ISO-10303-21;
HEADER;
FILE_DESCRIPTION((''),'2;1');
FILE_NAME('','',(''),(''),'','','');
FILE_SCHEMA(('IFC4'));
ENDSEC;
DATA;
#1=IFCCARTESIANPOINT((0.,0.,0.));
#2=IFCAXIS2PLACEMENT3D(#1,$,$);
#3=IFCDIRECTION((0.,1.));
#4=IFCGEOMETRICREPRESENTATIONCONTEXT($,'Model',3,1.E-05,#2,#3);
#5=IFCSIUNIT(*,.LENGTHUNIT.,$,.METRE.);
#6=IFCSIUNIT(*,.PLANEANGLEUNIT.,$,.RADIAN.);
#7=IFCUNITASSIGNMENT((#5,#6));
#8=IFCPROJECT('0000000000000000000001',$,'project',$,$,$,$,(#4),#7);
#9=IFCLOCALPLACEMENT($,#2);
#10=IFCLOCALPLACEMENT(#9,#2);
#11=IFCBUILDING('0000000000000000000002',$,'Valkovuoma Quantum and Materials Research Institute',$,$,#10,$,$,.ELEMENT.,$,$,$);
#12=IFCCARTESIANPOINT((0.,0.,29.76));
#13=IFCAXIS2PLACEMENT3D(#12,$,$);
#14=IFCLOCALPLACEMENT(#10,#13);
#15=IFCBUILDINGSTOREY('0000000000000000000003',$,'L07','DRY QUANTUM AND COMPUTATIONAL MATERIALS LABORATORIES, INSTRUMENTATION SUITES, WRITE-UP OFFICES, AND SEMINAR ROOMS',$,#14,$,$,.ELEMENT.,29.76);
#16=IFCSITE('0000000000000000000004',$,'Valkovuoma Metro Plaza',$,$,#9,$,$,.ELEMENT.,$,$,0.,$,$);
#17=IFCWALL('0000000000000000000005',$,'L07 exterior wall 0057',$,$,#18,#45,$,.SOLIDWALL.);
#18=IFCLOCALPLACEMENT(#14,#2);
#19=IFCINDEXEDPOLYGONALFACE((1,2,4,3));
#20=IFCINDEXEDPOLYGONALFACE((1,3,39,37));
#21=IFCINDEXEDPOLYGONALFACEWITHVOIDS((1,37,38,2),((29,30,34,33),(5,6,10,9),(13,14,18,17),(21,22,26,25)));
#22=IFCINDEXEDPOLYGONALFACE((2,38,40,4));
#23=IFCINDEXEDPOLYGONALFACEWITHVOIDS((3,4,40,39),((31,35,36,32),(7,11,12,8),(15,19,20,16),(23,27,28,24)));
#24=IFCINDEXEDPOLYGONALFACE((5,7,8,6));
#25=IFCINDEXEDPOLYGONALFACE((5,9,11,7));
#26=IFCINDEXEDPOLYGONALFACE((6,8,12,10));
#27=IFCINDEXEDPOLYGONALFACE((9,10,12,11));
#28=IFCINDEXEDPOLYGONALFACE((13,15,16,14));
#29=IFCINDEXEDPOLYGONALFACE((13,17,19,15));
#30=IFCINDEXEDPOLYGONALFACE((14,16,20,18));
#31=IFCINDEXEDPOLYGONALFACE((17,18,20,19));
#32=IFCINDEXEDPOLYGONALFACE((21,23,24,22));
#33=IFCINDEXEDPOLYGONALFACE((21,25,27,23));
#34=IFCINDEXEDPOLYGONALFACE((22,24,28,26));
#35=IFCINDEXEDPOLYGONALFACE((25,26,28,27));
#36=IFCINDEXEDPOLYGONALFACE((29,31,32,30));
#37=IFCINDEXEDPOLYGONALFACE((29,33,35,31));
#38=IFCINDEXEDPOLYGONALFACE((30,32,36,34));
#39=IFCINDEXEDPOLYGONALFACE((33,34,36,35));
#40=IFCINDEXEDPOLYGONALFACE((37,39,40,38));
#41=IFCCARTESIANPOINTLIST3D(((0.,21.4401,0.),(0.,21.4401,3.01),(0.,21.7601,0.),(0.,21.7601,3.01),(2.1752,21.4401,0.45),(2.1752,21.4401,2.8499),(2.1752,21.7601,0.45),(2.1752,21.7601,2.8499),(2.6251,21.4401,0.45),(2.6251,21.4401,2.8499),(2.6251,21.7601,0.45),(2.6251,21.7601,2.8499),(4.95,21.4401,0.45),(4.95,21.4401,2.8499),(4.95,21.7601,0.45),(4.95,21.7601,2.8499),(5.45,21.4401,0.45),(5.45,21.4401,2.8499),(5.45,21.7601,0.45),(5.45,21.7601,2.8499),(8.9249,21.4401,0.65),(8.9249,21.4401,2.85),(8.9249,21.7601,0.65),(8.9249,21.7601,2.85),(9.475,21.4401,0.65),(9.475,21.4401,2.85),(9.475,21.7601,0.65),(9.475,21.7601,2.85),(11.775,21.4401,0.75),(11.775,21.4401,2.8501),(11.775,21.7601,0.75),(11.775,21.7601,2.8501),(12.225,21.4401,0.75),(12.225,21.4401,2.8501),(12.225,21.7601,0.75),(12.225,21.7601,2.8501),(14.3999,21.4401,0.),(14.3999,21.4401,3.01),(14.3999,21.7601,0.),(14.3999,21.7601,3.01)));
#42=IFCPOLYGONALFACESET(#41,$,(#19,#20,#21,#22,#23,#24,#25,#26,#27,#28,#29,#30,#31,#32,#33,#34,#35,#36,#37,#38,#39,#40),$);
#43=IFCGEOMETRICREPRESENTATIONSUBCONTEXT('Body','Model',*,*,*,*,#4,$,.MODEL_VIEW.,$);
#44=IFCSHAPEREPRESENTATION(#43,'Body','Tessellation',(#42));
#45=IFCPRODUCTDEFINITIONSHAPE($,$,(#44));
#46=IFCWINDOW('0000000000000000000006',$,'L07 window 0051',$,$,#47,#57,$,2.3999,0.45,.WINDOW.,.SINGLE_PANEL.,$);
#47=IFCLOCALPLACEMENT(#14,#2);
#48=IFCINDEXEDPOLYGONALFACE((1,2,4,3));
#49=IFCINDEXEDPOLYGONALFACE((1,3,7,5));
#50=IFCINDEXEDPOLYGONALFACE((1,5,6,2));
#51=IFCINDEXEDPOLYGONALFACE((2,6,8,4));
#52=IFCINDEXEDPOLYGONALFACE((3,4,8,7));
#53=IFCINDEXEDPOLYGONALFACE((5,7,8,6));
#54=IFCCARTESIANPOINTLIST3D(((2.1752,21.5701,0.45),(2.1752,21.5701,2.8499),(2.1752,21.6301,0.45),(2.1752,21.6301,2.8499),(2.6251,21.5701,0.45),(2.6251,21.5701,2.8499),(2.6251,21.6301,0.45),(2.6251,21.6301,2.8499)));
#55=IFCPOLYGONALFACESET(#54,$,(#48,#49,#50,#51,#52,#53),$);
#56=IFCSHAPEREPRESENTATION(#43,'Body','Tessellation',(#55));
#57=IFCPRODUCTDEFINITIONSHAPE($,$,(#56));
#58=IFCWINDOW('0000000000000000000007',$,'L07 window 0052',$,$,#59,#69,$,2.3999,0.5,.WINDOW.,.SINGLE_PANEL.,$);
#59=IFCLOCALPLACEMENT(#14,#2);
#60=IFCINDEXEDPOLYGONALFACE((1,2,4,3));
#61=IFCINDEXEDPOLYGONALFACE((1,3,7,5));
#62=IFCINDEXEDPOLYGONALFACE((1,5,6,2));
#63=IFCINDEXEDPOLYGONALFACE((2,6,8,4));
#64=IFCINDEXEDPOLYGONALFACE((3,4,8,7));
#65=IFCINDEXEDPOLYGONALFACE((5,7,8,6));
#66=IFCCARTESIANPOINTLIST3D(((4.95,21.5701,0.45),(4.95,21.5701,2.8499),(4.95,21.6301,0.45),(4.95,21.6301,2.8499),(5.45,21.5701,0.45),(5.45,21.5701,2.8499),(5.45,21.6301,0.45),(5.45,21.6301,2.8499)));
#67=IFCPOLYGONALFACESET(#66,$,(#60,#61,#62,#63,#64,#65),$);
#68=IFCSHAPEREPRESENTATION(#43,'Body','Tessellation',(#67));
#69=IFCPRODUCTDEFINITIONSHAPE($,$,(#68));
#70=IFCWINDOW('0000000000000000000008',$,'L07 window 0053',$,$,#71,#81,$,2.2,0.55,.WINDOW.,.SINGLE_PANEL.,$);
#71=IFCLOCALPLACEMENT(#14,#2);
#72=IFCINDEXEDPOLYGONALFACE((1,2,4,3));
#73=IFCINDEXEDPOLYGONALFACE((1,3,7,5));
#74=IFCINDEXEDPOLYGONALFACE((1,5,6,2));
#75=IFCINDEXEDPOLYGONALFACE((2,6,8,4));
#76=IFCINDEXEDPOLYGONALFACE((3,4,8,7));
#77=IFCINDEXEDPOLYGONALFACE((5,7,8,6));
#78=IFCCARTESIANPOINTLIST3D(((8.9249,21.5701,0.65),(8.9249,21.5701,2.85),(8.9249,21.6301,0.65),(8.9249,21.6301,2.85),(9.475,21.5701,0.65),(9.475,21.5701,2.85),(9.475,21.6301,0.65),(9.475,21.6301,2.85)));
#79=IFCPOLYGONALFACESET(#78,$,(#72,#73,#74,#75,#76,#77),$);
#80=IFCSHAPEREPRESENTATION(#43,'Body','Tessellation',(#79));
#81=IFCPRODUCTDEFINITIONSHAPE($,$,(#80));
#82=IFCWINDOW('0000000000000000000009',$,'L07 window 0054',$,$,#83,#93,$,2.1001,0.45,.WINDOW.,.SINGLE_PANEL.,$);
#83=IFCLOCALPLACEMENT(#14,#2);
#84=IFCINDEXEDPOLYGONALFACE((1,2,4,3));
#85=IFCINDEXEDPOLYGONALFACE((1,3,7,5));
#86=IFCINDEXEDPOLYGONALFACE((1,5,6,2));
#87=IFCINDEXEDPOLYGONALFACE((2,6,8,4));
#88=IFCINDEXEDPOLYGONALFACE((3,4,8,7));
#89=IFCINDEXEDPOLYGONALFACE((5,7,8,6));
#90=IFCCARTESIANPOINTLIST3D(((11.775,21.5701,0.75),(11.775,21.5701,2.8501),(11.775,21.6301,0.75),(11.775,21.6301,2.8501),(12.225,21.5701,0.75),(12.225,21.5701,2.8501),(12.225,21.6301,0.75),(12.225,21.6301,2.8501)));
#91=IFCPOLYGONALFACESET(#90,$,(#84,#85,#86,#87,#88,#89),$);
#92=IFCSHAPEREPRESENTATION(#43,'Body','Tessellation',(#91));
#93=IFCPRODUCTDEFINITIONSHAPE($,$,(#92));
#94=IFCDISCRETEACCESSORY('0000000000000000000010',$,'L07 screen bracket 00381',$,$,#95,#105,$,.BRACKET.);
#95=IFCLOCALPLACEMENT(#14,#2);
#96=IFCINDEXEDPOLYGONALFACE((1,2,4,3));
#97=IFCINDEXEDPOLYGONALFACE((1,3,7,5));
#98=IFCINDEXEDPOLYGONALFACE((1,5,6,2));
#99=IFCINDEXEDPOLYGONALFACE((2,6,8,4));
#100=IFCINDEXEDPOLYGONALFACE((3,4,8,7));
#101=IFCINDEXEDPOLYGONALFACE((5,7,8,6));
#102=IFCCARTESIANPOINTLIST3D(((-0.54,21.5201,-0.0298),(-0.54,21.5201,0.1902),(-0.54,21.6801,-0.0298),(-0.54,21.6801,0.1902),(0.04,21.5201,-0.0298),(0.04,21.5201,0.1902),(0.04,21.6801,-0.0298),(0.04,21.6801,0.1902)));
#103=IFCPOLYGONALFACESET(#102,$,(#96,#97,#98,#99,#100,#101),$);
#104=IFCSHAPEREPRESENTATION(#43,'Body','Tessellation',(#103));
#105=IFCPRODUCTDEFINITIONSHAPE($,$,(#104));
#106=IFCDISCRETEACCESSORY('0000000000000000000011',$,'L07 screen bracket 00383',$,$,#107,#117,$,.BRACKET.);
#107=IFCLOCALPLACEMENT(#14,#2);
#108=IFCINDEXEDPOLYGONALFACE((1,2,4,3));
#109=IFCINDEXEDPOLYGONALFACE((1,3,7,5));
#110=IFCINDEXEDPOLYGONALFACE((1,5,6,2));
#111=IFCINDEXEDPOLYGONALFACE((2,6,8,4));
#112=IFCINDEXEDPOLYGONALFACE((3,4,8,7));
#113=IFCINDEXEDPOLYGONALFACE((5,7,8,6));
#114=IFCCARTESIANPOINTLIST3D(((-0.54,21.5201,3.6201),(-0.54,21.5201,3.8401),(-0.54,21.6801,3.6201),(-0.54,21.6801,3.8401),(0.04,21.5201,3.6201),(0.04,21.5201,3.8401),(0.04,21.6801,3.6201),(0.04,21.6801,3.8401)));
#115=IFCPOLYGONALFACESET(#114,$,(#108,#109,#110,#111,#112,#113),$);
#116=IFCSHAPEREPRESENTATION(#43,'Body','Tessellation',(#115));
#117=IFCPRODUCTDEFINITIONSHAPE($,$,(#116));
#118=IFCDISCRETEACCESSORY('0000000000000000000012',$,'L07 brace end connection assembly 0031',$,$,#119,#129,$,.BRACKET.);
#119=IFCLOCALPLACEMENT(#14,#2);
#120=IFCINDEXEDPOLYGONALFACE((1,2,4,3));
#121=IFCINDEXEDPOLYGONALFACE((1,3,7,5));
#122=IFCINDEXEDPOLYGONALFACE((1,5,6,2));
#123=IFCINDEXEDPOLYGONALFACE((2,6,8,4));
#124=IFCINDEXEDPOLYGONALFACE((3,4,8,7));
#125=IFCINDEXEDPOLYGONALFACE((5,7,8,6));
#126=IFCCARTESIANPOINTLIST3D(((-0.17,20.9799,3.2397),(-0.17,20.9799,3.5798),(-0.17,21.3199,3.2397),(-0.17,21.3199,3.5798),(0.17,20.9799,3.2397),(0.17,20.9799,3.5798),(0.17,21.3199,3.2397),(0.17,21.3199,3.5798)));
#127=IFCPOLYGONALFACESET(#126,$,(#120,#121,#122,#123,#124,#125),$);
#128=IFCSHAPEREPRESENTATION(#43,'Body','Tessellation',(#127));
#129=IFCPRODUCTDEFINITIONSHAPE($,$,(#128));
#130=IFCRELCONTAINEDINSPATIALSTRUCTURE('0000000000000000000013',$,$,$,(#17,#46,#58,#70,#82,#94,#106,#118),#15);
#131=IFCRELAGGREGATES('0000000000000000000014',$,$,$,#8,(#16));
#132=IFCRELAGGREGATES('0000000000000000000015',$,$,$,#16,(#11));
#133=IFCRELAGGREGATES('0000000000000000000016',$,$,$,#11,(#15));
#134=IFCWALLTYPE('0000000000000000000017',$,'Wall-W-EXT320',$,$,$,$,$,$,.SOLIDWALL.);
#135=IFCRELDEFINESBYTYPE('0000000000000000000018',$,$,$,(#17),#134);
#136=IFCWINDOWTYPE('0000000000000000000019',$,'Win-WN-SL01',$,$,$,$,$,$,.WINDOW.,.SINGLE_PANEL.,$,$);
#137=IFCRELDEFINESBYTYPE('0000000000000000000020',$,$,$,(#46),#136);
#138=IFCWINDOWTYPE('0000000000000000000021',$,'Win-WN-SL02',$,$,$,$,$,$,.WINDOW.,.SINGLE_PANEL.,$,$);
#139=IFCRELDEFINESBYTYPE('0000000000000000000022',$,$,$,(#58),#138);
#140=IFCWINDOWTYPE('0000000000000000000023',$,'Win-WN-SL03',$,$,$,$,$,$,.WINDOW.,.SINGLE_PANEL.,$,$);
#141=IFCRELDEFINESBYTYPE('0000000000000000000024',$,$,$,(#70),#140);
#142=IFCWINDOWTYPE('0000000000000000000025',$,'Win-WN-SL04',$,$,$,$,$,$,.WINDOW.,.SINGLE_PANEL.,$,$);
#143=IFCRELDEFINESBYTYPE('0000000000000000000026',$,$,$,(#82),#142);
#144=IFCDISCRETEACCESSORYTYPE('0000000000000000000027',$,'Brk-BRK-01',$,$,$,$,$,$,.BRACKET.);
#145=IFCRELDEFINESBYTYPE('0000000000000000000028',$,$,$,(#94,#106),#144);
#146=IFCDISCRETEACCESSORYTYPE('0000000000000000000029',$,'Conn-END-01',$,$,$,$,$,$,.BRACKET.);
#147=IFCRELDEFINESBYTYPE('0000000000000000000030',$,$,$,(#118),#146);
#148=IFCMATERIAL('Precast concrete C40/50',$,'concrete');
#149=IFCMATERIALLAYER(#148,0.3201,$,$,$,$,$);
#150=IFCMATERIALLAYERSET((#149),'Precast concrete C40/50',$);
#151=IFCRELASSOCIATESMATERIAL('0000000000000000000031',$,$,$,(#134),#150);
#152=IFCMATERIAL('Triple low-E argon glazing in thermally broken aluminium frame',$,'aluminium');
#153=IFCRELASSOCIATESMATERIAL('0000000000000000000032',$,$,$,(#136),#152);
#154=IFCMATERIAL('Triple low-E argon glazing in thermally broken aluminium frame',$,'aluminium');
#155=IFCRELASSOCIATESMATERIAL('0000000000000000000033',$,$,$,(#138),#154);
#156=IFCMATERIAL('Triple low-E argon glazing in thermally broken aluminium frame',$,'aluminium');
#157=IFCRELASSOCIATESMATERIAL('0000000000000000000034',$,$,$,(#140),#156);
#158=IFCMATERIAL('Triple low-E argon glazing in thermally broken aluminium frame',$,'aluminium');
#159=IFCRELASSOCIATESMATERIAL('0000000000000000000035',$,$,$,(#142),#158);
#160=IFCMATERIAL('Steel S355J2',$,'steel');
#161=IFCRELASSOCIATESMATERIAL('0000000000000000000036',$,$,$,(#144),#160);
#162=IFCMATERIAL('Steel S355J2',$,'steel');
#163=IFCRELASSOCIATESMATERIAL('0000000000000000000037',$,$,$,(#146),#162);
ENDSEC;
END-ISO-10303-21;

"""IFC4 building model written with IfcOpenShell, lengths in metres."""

from ifc_helpers import new_model, si_unit, direction, frame, frame_2d, origin, origin_2d, place, context, subcontext, project, spatial, rectangle, extrude, material, layer, layer_set, type_object, element, fill, save


model = new_model("IFC4")

# Units and contexts
model_context = context("Model", 3, precision=1e-05, world=origin(), true_north=direction((0.0, 1.0)))
body_context = subcontext(model_context, "Body", "Model", "MODEL_VIEW")
ifc_project = project(units=[si_unit("LENGTHUNIT", "METRE"), si_unit("PLANEANGLEUNIT", "RADIAN")], contexts=[model_context])

# Site, building, storey
site_placement = place(None, origin())
site = spatial("IfcSite", under=ifc_project, at=site_placement, Name="Valkovuoma Metro Plaza", CompositionType="ELEMENT", RefElevation=0.0)
building_placement = place(site_placement, origin())
building = spatial("IfcBuilding", under=site, at=building_placement, Name="Valkovuoma Quantum and Materials Research Institute", CompositionType="ELEMENT")
storey_placement = place(building_placement, frame((0.0, 0.0, 29.76)))
storey = spatial("IfcBuildingStorey", under=building, at=storey_placement, Name="L07", Description="DRY QUANTUM AND COMPUTATIONAL MATERIALS LABORATORIES, INSTRUMENTATION SUITES, WRITE-UP OFFICES, AND SEMINAR ROOMS", CompositionType="ELEMENT", Elevation=29.76)

# Wall, openings, windows
ifc_material_1 = material(Name="Precast concrete C40/50", Category="concrete")
ifc_layer_1 = layer(ifc_material_1, 0.3201)
ifc_layer_set_1 = layer_set([ifc_layer_1], Name="Precast concrete C40/50")
wall_type = type_object("IfcWallType", Name="Wall-W-EXT320", PredefinedType="SOLIDWALL", material=ifc_layer_set_1)
wall_placement = place(storey_placement, frame((0.0, 21.6001, 0.0), z_axis=(0.0, 0.0, 1.0), x_axis=(1.0, 0.0, 0.0)))
wall = element("IfcWall", 1, at=wall_placement, inside=storey, type_object=wall_type, Name="L07 exterior wall 0057", PredefinedType="SOLIDWALL", context=body_context, shape_type="SweptSolid", body=[
    extrude(rectangle(XDim=14.3999, YDim=0.3201, at=frame_2d((7.2, 0.0))), origin(), (0.0, 0.0, 1.0), 3.01),
])
opening_1_placement = place(wall_placement, frame((2.175, 0.0, 0.45)))
opening_1 = element("IfcOpeningElement", 2, at=opening_1_placement, cuts=wall, PredefinedType="OPENING", context=body_context, shape_type="SweptSolid", body=[
    extrude(rectangle(XDim=0.45, YDim=2.3999, at=frame_2d((0.2251, 1.2))), frame((0.0, 0.1699, 0.0), z_axis=(0.0, -1.0, 0.0), x_axis=(1.0, 0.0, 0.0)), (0.0, 0.0, 1.0), 0.3401),
])
opening_2_placement = place(wall_placement, frame((4.95, 0.0, 0.45)))
opening_2 = element("IfcOpeningElement", 3, at=opening_2_placement, cuts=wall, PredefinedType="OPENING", context=body_context, shape_type="SweptSolid", body=[
    extrude(rectangle(XDim=0.5, YDim=2.3999, at=frame_2d((0.25, 1.2))), frame((0.0, 0.1699, 0.0), z_axis=(0.0, -1.0, 0.0), x_axis=(1.0, 0.0, 0.0)), (0.0, 0.0, 1.0), 0.3401),
])
opening_3_placement = place(wall_placement, frame((8.925, 0.0, 0.6499)))
opening_3 = element("IfcOpeningElement", 4, at=opening_3_placement, cuts=wall, PredefinedType="OPENING", context=body_context, shape_type="SweptSolid", body=[
    extrude(rectangle(XDim=0.55, YDim=2.2, at=frame_2d((0.2749, 1.1001))), frame((0.0, 0.1699, 0.0), z_axis=(0.0, -1.0, 0.0), x_axis=(1.0, 0.0, 0.0)), (0.0, 0.0, 1.0), 0.3401),
])
opening_4_placement = place(wall_placement, frame((11.7749, 0.0, 0.75)))
opening_4 = element("IfcOpeningElement", 5, at=opening_4_placement, cuts=wall, PredefinedType="OPENING", context=body_context, shape_type="SweptSolid", body=[
    extrude(rectangle(XDim=0.45, YDim=2.1001, at=frame_2d((0.2251, 1.05))), frame((0.0, 0.1699, 0.0), z_axis=(0.0, -1.0, 0.0), x_axis=(1.0, 0.0, 0.0)), (0.0, 0.0, 1.0), 0.3401),
])
ifc_material_2 = material(Name="Triple low-E argon glazing in thermally broken aluminium frame", Category="aluminium")
window_type_1 = type_object("IfcWindowType", Name="Win-WN-SL01", PartitioningType="SINGLE_PANEL", PredefinedType="WINDOW", material=ifc_material_2)
window_1_placement = place(opening_1_placement, origin())
window_1 = element("IfcWindow", 6, at=window_1_placement, inside=storey, type_object=window_type_1, Name="L07 window 0051", OverallHeight=2.3999, OverallWidth=0.45, PartitioningType="SINGLE_PANEL", PredefinedType="WINDOW", context=body_context, shape_type="SweptSolid", body=[
    extrude(rectangle(XDim=0.45, YDim=2.3999, at=frame_2d((0.2251, 1.2))), frame((0.0, 0.03, 0.0), z_axis=(0.0, -1.0, 0.0), x_axis=(1.0, 0.0, 0.0)), (0.0, 0.0, 1.0), 0.0601),
])
fill(opening_1, window_1)
ifc_material_3 = material(Name="Triple low-E argon glazing in thermally broken aluminium frame", Category="aluminium")
window_type_2 = type_object("IfcWindowType", Name="Win-WN-SL02", PartitioningType="SINGLE_PANEL", PredefinedType="WINDOW", material=ifc_material_3)
window_2_placement = place(opening_2_placement, origin())
window_2 = element("IfcWindow", 7, at=window_2_placement, inside=storey, type_object=window_type_2, Name="L07 window 0052", OverallHeight=2.3999, OverallWidth=0.5, PartitioningType="SINGLE_PANEL", PredefinedType="WINDOW", context=body_context, shape_type="SweptSolid", body=[
    extrude(rectangle(XDim=0.5, YDim=2.3999, at=frame_2d((0.25, 1.2))), frame((0.0, 0.03, 0.0), z_axis=(0.0, -1.0, 0.0), x_axis=(1.0, 0.0, 0.0)), (0.0, 0.0, 1.0), 0.0601),
])
fill(opening_2, window_2)
ifc_material_4 = material(Name="Triple low-E argon glazing in thermally broken aluminium frame", Category="aluminium")
window_type_3 = type_object("IfcWindowType", Name="Win-WN-SL03", PartitioningType="SINGLE_PANEL", PredefinedType="WINDOW", material=ifc_material_4)
window_3_placement = place(opening_3_placement, origin())
window_3 = element("IfcWindow", 8, at=window_3_placement, inside=storey, type_object=window_type_3, Name="L07 window 0053", OverallHeight=2.2, OverallWidth=0.55, PartitioningType="SINGLE_PANEL", PredefinedType="WINDOW", context=body_context, shape_type="SweptSolid", body=[
    extrude(rectangle(XDim=0.55, YDim=2.2, at=frame_2d((0.2749, 1.1001))), frame((0.0, 0.03, 0.0), z_axis=(0.0, -1.0, 0.0), x_axis=(1.0, 0.0, 0.0)), (0.0, 0.0, 1.0), 0.0601),
])
fill(opening_3, window_3)
ifc_material_5 = material(Name="Triple low-E argon glazing in thermally broken aluminium frame", Category="aluminium")
window_type_4 = type_object("IfcWindowType", Name="Win-WN-SL04", PartitioningType="SINGLE_PANEL", PredefinedType="WINDOW", material=ifc_material_5)
window_4_placement = place(opening_4_placement, origin())
window_4 = element("IfcWindow", 9, at=window_4_placement, inside=storey, type_object=window_type_4, Name="L07 window 0054", OverallHeight=2.1001, OverallWidth=0.45, PartitioningType="SINGLE_PANEL", PredefinedType="WINDOW", context=body_context, shape_type="SweptSolid", body=[
    extrude(rectangle(XDim=0.45, YDim=2.1001, at=frame_2d((0.2251, 1.05))), frame((0.0, 0.03, 0.0), z_axis=(0.0, -1.0, 0.0), x_axis=(1.0, 0.0, 0.0)), (0.0, 0.0, 1.0), 0.0601),
])
fill(opening_4, window_4)

# Discrete accessories
ifc_material_6 = material(Name="Steel S355J2", Category="steel")
discrete_accessory_type_1 = type_object("IfcDiscreteAccessoryType", Name="Brk-BRK-01", PredefinedType="BRACKET", material=ifc_material_6)
for number, where, z_axis, x_axis, name in (
    (10, (-0.25, 21.6001, -0.0298), (0.0, 0.0, 1.0), (1.0, 0.0, 0.0), "L07 screen bracket 00381"),
    (11, (-0.25, 21.6001, 3.6201), (0.0, 0.0, 1.0), (1.0, 0.0, 0.0), "L07 screen bracket 00383"),
):
    element("IfcDiscreteAccessory", number, at=place(storey_placement, frame(where, z_axis=z_axis, x_axis=x_axis)), inside=storey, type_object=discrete_accessory_type_1, Name=name, PredefinedType="BRACKET", context=body_context, shape_type="SweptSolid", body=[
        extrude(rectangle(XDim=0.5801, YDim=0.1599, at=origin_2d()), origin(), (0.0, 0.0, 1.0), 0.22),
    ])
ifc_material_7 = material(Name="Steel S355J2", Category="steel")
discrete_accessory_type_2 = type_object("IfcDiscreteAccessoryType", Name="Conn-END-01", PredefinedType="BRACKET", material=ifc_material_7)
discrete_accessory_placement = place(storey_placement, frame((0.0, 21.1499, 3.2397), z_axis=(0.0, 0.0, 1.0), x_axis=(1.0, 0.0, 0.0)))
element("IfcDiscreteAccessory", 12, at=discrete_accessory_placement, inside=storey, type_object=discrete_accessory_type_2, Name="L07 brace end connection assembly 0031", PredefinedType="BRACKET", context=body_context, shape_type="SweptSolid", body=[
    extrude(rectangle(XDim=0.3401, YDim=0.3401, at=origin_2d()), origin(), (0.0, 0.0, 1.0), 0.3401),
])

save(model, "model.ifc")
